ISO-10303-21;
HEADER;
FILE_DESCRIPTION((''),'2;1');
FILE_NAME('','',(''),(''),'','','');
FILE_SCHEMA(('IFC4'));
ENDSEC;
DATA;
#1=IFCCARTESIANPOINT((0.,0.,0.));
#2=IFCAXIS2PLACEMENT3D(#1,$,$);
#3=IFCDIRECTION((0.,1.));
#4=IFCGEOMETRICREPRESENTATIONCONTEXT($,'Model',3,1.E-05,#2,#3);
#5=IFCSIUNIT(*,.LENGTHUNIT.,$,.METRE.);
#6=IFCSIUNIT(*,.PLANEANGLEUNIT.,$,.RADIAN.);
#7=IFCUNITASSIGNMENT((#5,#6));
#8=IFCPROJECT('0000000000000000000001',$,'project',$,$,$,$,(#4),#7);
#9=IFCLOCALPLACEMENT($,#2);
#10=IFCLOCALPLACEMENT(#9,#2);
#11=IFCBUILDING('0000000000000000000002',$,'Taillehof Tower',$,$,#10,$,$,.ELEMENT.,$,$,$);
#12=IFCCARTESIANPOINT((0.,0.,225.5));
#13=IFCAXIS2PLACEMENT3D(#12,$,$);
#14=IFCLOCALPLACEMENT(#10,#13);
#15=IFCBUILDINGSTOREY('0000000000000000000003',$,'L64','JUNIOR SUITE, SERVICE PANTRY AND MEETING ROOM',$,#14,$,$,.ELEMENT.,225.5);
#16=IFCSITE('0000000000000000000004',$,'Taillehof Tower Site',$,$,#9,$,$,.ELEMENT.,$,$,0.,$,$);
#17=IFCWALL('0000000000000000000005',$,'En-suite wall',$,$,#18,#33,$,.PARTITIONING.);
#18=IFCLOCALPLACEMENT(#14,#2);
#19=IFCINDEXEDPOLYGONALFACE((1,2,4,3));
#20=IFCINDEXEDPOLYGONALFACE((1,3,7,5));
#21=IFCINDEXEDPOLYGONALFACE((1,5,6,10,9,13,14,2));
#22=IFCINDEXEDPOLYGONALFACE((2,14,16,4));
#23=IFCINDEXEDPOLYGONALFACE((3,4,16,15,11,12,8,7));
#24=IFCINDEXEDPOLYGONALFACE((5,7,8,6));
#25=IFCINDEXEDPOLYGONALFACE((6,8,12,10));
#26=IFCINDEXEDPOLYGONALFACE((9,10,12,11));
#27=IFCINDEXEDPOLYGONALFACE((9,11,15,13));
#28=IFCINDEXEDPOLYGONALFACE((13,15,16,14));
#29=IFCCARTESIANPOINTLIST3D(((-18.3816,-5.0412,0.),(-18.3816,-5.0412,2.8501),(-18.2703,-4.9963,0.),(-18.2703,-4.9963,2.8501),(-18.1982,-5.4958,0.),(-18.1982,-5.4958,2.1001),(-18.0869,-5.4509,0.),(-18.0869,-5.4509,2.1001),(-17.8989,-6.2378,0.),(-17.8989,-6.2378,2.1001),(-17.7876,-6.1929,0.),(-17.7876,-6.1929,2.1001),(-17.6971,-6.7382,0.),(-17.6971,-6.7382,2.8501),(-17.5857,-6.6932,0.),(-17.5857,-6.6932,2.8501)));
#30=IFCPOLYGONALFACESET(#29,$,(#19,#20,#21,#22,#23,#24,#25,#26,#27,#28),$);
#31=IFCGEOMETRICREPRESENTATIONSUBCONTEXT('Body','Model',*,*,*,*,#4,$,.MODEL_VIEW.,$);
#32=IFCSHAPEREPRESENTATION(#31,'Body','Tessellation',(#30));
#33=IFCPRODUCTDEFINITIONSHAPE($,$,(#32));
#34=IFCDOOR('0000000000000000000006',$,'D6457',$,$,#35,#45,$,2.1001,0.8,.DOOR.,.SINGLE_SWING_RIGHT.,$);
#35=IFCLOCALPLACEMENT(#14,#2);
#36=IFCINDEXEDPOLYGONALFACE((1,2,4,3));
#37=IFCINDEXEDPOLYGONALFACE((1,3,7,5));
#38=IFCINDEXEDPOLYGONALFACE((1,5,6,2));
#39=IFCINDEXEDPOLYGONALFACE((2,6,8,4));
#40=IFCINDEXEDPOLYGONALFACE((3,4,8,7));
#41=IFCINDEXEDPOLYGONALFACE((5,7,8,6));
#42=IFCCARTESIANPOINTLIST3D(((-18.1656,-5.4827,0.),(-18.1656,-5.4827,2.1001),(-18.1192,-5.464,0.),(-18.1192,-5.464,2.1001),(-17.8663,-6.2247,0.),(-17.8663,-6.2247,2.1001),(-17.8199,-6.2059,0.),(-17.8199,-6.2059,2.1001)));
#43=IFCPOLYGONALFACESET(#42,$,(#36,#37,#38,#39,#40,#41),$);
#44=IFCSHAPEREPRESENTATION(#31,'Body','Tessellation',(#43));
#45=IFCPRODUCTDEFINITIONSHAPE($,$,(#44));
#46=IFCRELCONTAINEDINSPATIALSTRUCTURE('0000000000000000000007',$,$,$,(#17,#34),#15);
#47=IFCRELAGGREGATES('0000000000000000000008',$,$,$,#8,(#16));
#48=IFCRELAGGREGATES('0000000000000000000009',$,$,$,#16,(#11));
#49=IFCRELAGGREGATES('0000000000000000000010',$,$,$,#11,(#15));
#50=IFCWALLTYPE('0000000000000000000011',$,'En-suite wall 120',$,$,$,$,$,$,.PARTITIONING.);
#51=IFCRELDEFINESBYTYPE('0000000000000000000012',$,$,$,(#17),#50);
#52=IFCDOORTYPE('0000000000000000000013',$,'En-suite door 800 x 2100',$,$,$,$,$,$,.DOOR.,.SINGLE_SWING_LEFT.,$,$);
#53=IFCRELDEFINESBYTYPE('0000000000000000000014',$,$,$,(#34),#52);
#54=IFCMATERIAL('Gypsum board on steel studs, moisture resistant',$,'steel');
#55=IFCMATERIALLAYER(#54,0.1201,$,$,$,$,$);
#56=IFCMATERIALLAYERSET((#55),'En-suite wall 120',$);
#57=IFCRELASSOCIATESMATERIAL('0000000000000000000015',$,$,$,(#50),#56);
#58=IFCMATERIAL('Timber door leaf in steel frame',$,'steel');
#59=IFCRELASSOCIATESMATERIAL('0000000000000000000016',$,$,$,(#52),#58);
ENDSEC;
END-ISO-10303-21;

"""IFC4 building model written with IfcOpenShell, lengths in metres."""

from ifc_helpers import new_model, si_unit, direction, frame, frame_2d, origin, place, context, subcontext, project, spatial, rectangle, extrude, material, layer, layer_set, type_object, element, fill, save


model = new_model("IFC4")

# Units and contexts
model_context = context("Model", 3, precision=1e-05, world=origin(), true_north=direction((0.0, 1.0)))
body_context = subcontext(model_context, "Body", "Model", "MODEL_VIEW")
ifc_project = project(units=[si_unit("LENGTHUNIT", "METRE"), si_unit("PLANEANGLEUNIT", "RADIAN")], contexts=[model_context])

# Site, building, storey
site_placement = place(None, origin())
site = spatial("IfcSite", under=ifc_project, at=site_placement, Name="Taillehof Tower Site", CompositionType="ELEMENT", RefElevation=0.0)
building_placement = place(site_placement, origin())
building = spatial("IfcBuilding", under=site, at=building_placement, Name="Taillehof Tower", CompositionType="ELEMENT")
storey_placement = place(building_placement, frame((0.0, 0.0, 225.5)))
storey = spatial("IfcBuildingStorey", under=building, at=storey_placement, Name="L64", Description="JUNIOR SUITE, SERVICE PANTRY AND MEETING ROOM", CompositionType="ELEMENT", Elevation=225.5)

# Shared definitions
ifc_material_1 = material(Name="Gypsum board on steel studs, moisture resistant", Category="steel")
ifc_layer_1 = layer(ifc_material_1, 0.1201)
ifc_layer_set_1 = layer_set([ifc_layer_1], Name="En-suite wall 120")
wall_type_1 = type_object("IfcWallType", Name="En-suite wall 120", PredefinedType="PARTITIONING", material=ifc_layer_set_1)

# Wall, opening, door
ifc_material_2 = material(Name="Timber door leaf in steel frame", Category="steel")
door_type_1 = type_object("IfcDoorType", Name="En-suite door 800 x 2100", OperationType="SINGLE_SWING_LEFT", PredefinedType="DOOR", material=ifc_material_2)
wall_1_placement = place(storey_placement, frame((-17.6414, -6.7158, 0.0), z_axis=(0.0, 0.0, 1.0), x_axis=(-0.374103, 0.927387, 0.0)))
wall_1 = element("IfcWall", 1, at=wall_1_placement, inside=storey, type_object=wall_type_1, Name="En-suite wall", PredefinedType="PARTITIONING", context=body_context, shape_type="SweptSolid", body=[
    extrude(rectangle(XDim=1.8298, YDim=0.1201, at=frame_2d((0.915, 0.0))), origin(), (0.0, 0.0, 1.0), 2.8501),
])
opening_1_placement = place(wall_1_placement, frame((0.5398, 0.0, 0.0)))
opening_1 = element("IfcOpeningElement", 2, at=opening_1_placement, cuts=wall_1, PredefinedType="OPENING", context=body_context, shape_type="SweptSolid", body=[
    extrude(rectangle(XDim=0.8, YDim=2.1001, at=frame_2d((0.3999, 1.05))), frame((0.0, 0.0701, 0.0), z_axis=(0.0, -1.0, 0.0), x_axis=(1.0, 0.0, 0.0)), (0.0, 0.0, 1.0), 0.1401),
])
door_1_placement = place(opening_1_placement, origin())
door_1 = element("IfcDoor", 3, at=door_1_placement, inside=storey, type_object=door_type_1, Name="D6457", OperationType="SINGLE_SWING_RIGHT", OverallHeight=2.1001, OverallWidth=0.8, PredefinedType="DOOR", context=body_context, shape_type="SweptSolid", body=[
    extrude(rectangle(XDim=0.8, YDim=2.1001, at=frame_2d((0.3999, 1.05))), frame((0.0, 0.0249, 0.0), z_axis=(0.0, -1.0, 0.0), x_axis=(1.0, 0.0, 0.0)), (0.0, 0.0, 1.0), 0.05),
])
fill(opening_1, door_1)

save(model, "model.ifc")
